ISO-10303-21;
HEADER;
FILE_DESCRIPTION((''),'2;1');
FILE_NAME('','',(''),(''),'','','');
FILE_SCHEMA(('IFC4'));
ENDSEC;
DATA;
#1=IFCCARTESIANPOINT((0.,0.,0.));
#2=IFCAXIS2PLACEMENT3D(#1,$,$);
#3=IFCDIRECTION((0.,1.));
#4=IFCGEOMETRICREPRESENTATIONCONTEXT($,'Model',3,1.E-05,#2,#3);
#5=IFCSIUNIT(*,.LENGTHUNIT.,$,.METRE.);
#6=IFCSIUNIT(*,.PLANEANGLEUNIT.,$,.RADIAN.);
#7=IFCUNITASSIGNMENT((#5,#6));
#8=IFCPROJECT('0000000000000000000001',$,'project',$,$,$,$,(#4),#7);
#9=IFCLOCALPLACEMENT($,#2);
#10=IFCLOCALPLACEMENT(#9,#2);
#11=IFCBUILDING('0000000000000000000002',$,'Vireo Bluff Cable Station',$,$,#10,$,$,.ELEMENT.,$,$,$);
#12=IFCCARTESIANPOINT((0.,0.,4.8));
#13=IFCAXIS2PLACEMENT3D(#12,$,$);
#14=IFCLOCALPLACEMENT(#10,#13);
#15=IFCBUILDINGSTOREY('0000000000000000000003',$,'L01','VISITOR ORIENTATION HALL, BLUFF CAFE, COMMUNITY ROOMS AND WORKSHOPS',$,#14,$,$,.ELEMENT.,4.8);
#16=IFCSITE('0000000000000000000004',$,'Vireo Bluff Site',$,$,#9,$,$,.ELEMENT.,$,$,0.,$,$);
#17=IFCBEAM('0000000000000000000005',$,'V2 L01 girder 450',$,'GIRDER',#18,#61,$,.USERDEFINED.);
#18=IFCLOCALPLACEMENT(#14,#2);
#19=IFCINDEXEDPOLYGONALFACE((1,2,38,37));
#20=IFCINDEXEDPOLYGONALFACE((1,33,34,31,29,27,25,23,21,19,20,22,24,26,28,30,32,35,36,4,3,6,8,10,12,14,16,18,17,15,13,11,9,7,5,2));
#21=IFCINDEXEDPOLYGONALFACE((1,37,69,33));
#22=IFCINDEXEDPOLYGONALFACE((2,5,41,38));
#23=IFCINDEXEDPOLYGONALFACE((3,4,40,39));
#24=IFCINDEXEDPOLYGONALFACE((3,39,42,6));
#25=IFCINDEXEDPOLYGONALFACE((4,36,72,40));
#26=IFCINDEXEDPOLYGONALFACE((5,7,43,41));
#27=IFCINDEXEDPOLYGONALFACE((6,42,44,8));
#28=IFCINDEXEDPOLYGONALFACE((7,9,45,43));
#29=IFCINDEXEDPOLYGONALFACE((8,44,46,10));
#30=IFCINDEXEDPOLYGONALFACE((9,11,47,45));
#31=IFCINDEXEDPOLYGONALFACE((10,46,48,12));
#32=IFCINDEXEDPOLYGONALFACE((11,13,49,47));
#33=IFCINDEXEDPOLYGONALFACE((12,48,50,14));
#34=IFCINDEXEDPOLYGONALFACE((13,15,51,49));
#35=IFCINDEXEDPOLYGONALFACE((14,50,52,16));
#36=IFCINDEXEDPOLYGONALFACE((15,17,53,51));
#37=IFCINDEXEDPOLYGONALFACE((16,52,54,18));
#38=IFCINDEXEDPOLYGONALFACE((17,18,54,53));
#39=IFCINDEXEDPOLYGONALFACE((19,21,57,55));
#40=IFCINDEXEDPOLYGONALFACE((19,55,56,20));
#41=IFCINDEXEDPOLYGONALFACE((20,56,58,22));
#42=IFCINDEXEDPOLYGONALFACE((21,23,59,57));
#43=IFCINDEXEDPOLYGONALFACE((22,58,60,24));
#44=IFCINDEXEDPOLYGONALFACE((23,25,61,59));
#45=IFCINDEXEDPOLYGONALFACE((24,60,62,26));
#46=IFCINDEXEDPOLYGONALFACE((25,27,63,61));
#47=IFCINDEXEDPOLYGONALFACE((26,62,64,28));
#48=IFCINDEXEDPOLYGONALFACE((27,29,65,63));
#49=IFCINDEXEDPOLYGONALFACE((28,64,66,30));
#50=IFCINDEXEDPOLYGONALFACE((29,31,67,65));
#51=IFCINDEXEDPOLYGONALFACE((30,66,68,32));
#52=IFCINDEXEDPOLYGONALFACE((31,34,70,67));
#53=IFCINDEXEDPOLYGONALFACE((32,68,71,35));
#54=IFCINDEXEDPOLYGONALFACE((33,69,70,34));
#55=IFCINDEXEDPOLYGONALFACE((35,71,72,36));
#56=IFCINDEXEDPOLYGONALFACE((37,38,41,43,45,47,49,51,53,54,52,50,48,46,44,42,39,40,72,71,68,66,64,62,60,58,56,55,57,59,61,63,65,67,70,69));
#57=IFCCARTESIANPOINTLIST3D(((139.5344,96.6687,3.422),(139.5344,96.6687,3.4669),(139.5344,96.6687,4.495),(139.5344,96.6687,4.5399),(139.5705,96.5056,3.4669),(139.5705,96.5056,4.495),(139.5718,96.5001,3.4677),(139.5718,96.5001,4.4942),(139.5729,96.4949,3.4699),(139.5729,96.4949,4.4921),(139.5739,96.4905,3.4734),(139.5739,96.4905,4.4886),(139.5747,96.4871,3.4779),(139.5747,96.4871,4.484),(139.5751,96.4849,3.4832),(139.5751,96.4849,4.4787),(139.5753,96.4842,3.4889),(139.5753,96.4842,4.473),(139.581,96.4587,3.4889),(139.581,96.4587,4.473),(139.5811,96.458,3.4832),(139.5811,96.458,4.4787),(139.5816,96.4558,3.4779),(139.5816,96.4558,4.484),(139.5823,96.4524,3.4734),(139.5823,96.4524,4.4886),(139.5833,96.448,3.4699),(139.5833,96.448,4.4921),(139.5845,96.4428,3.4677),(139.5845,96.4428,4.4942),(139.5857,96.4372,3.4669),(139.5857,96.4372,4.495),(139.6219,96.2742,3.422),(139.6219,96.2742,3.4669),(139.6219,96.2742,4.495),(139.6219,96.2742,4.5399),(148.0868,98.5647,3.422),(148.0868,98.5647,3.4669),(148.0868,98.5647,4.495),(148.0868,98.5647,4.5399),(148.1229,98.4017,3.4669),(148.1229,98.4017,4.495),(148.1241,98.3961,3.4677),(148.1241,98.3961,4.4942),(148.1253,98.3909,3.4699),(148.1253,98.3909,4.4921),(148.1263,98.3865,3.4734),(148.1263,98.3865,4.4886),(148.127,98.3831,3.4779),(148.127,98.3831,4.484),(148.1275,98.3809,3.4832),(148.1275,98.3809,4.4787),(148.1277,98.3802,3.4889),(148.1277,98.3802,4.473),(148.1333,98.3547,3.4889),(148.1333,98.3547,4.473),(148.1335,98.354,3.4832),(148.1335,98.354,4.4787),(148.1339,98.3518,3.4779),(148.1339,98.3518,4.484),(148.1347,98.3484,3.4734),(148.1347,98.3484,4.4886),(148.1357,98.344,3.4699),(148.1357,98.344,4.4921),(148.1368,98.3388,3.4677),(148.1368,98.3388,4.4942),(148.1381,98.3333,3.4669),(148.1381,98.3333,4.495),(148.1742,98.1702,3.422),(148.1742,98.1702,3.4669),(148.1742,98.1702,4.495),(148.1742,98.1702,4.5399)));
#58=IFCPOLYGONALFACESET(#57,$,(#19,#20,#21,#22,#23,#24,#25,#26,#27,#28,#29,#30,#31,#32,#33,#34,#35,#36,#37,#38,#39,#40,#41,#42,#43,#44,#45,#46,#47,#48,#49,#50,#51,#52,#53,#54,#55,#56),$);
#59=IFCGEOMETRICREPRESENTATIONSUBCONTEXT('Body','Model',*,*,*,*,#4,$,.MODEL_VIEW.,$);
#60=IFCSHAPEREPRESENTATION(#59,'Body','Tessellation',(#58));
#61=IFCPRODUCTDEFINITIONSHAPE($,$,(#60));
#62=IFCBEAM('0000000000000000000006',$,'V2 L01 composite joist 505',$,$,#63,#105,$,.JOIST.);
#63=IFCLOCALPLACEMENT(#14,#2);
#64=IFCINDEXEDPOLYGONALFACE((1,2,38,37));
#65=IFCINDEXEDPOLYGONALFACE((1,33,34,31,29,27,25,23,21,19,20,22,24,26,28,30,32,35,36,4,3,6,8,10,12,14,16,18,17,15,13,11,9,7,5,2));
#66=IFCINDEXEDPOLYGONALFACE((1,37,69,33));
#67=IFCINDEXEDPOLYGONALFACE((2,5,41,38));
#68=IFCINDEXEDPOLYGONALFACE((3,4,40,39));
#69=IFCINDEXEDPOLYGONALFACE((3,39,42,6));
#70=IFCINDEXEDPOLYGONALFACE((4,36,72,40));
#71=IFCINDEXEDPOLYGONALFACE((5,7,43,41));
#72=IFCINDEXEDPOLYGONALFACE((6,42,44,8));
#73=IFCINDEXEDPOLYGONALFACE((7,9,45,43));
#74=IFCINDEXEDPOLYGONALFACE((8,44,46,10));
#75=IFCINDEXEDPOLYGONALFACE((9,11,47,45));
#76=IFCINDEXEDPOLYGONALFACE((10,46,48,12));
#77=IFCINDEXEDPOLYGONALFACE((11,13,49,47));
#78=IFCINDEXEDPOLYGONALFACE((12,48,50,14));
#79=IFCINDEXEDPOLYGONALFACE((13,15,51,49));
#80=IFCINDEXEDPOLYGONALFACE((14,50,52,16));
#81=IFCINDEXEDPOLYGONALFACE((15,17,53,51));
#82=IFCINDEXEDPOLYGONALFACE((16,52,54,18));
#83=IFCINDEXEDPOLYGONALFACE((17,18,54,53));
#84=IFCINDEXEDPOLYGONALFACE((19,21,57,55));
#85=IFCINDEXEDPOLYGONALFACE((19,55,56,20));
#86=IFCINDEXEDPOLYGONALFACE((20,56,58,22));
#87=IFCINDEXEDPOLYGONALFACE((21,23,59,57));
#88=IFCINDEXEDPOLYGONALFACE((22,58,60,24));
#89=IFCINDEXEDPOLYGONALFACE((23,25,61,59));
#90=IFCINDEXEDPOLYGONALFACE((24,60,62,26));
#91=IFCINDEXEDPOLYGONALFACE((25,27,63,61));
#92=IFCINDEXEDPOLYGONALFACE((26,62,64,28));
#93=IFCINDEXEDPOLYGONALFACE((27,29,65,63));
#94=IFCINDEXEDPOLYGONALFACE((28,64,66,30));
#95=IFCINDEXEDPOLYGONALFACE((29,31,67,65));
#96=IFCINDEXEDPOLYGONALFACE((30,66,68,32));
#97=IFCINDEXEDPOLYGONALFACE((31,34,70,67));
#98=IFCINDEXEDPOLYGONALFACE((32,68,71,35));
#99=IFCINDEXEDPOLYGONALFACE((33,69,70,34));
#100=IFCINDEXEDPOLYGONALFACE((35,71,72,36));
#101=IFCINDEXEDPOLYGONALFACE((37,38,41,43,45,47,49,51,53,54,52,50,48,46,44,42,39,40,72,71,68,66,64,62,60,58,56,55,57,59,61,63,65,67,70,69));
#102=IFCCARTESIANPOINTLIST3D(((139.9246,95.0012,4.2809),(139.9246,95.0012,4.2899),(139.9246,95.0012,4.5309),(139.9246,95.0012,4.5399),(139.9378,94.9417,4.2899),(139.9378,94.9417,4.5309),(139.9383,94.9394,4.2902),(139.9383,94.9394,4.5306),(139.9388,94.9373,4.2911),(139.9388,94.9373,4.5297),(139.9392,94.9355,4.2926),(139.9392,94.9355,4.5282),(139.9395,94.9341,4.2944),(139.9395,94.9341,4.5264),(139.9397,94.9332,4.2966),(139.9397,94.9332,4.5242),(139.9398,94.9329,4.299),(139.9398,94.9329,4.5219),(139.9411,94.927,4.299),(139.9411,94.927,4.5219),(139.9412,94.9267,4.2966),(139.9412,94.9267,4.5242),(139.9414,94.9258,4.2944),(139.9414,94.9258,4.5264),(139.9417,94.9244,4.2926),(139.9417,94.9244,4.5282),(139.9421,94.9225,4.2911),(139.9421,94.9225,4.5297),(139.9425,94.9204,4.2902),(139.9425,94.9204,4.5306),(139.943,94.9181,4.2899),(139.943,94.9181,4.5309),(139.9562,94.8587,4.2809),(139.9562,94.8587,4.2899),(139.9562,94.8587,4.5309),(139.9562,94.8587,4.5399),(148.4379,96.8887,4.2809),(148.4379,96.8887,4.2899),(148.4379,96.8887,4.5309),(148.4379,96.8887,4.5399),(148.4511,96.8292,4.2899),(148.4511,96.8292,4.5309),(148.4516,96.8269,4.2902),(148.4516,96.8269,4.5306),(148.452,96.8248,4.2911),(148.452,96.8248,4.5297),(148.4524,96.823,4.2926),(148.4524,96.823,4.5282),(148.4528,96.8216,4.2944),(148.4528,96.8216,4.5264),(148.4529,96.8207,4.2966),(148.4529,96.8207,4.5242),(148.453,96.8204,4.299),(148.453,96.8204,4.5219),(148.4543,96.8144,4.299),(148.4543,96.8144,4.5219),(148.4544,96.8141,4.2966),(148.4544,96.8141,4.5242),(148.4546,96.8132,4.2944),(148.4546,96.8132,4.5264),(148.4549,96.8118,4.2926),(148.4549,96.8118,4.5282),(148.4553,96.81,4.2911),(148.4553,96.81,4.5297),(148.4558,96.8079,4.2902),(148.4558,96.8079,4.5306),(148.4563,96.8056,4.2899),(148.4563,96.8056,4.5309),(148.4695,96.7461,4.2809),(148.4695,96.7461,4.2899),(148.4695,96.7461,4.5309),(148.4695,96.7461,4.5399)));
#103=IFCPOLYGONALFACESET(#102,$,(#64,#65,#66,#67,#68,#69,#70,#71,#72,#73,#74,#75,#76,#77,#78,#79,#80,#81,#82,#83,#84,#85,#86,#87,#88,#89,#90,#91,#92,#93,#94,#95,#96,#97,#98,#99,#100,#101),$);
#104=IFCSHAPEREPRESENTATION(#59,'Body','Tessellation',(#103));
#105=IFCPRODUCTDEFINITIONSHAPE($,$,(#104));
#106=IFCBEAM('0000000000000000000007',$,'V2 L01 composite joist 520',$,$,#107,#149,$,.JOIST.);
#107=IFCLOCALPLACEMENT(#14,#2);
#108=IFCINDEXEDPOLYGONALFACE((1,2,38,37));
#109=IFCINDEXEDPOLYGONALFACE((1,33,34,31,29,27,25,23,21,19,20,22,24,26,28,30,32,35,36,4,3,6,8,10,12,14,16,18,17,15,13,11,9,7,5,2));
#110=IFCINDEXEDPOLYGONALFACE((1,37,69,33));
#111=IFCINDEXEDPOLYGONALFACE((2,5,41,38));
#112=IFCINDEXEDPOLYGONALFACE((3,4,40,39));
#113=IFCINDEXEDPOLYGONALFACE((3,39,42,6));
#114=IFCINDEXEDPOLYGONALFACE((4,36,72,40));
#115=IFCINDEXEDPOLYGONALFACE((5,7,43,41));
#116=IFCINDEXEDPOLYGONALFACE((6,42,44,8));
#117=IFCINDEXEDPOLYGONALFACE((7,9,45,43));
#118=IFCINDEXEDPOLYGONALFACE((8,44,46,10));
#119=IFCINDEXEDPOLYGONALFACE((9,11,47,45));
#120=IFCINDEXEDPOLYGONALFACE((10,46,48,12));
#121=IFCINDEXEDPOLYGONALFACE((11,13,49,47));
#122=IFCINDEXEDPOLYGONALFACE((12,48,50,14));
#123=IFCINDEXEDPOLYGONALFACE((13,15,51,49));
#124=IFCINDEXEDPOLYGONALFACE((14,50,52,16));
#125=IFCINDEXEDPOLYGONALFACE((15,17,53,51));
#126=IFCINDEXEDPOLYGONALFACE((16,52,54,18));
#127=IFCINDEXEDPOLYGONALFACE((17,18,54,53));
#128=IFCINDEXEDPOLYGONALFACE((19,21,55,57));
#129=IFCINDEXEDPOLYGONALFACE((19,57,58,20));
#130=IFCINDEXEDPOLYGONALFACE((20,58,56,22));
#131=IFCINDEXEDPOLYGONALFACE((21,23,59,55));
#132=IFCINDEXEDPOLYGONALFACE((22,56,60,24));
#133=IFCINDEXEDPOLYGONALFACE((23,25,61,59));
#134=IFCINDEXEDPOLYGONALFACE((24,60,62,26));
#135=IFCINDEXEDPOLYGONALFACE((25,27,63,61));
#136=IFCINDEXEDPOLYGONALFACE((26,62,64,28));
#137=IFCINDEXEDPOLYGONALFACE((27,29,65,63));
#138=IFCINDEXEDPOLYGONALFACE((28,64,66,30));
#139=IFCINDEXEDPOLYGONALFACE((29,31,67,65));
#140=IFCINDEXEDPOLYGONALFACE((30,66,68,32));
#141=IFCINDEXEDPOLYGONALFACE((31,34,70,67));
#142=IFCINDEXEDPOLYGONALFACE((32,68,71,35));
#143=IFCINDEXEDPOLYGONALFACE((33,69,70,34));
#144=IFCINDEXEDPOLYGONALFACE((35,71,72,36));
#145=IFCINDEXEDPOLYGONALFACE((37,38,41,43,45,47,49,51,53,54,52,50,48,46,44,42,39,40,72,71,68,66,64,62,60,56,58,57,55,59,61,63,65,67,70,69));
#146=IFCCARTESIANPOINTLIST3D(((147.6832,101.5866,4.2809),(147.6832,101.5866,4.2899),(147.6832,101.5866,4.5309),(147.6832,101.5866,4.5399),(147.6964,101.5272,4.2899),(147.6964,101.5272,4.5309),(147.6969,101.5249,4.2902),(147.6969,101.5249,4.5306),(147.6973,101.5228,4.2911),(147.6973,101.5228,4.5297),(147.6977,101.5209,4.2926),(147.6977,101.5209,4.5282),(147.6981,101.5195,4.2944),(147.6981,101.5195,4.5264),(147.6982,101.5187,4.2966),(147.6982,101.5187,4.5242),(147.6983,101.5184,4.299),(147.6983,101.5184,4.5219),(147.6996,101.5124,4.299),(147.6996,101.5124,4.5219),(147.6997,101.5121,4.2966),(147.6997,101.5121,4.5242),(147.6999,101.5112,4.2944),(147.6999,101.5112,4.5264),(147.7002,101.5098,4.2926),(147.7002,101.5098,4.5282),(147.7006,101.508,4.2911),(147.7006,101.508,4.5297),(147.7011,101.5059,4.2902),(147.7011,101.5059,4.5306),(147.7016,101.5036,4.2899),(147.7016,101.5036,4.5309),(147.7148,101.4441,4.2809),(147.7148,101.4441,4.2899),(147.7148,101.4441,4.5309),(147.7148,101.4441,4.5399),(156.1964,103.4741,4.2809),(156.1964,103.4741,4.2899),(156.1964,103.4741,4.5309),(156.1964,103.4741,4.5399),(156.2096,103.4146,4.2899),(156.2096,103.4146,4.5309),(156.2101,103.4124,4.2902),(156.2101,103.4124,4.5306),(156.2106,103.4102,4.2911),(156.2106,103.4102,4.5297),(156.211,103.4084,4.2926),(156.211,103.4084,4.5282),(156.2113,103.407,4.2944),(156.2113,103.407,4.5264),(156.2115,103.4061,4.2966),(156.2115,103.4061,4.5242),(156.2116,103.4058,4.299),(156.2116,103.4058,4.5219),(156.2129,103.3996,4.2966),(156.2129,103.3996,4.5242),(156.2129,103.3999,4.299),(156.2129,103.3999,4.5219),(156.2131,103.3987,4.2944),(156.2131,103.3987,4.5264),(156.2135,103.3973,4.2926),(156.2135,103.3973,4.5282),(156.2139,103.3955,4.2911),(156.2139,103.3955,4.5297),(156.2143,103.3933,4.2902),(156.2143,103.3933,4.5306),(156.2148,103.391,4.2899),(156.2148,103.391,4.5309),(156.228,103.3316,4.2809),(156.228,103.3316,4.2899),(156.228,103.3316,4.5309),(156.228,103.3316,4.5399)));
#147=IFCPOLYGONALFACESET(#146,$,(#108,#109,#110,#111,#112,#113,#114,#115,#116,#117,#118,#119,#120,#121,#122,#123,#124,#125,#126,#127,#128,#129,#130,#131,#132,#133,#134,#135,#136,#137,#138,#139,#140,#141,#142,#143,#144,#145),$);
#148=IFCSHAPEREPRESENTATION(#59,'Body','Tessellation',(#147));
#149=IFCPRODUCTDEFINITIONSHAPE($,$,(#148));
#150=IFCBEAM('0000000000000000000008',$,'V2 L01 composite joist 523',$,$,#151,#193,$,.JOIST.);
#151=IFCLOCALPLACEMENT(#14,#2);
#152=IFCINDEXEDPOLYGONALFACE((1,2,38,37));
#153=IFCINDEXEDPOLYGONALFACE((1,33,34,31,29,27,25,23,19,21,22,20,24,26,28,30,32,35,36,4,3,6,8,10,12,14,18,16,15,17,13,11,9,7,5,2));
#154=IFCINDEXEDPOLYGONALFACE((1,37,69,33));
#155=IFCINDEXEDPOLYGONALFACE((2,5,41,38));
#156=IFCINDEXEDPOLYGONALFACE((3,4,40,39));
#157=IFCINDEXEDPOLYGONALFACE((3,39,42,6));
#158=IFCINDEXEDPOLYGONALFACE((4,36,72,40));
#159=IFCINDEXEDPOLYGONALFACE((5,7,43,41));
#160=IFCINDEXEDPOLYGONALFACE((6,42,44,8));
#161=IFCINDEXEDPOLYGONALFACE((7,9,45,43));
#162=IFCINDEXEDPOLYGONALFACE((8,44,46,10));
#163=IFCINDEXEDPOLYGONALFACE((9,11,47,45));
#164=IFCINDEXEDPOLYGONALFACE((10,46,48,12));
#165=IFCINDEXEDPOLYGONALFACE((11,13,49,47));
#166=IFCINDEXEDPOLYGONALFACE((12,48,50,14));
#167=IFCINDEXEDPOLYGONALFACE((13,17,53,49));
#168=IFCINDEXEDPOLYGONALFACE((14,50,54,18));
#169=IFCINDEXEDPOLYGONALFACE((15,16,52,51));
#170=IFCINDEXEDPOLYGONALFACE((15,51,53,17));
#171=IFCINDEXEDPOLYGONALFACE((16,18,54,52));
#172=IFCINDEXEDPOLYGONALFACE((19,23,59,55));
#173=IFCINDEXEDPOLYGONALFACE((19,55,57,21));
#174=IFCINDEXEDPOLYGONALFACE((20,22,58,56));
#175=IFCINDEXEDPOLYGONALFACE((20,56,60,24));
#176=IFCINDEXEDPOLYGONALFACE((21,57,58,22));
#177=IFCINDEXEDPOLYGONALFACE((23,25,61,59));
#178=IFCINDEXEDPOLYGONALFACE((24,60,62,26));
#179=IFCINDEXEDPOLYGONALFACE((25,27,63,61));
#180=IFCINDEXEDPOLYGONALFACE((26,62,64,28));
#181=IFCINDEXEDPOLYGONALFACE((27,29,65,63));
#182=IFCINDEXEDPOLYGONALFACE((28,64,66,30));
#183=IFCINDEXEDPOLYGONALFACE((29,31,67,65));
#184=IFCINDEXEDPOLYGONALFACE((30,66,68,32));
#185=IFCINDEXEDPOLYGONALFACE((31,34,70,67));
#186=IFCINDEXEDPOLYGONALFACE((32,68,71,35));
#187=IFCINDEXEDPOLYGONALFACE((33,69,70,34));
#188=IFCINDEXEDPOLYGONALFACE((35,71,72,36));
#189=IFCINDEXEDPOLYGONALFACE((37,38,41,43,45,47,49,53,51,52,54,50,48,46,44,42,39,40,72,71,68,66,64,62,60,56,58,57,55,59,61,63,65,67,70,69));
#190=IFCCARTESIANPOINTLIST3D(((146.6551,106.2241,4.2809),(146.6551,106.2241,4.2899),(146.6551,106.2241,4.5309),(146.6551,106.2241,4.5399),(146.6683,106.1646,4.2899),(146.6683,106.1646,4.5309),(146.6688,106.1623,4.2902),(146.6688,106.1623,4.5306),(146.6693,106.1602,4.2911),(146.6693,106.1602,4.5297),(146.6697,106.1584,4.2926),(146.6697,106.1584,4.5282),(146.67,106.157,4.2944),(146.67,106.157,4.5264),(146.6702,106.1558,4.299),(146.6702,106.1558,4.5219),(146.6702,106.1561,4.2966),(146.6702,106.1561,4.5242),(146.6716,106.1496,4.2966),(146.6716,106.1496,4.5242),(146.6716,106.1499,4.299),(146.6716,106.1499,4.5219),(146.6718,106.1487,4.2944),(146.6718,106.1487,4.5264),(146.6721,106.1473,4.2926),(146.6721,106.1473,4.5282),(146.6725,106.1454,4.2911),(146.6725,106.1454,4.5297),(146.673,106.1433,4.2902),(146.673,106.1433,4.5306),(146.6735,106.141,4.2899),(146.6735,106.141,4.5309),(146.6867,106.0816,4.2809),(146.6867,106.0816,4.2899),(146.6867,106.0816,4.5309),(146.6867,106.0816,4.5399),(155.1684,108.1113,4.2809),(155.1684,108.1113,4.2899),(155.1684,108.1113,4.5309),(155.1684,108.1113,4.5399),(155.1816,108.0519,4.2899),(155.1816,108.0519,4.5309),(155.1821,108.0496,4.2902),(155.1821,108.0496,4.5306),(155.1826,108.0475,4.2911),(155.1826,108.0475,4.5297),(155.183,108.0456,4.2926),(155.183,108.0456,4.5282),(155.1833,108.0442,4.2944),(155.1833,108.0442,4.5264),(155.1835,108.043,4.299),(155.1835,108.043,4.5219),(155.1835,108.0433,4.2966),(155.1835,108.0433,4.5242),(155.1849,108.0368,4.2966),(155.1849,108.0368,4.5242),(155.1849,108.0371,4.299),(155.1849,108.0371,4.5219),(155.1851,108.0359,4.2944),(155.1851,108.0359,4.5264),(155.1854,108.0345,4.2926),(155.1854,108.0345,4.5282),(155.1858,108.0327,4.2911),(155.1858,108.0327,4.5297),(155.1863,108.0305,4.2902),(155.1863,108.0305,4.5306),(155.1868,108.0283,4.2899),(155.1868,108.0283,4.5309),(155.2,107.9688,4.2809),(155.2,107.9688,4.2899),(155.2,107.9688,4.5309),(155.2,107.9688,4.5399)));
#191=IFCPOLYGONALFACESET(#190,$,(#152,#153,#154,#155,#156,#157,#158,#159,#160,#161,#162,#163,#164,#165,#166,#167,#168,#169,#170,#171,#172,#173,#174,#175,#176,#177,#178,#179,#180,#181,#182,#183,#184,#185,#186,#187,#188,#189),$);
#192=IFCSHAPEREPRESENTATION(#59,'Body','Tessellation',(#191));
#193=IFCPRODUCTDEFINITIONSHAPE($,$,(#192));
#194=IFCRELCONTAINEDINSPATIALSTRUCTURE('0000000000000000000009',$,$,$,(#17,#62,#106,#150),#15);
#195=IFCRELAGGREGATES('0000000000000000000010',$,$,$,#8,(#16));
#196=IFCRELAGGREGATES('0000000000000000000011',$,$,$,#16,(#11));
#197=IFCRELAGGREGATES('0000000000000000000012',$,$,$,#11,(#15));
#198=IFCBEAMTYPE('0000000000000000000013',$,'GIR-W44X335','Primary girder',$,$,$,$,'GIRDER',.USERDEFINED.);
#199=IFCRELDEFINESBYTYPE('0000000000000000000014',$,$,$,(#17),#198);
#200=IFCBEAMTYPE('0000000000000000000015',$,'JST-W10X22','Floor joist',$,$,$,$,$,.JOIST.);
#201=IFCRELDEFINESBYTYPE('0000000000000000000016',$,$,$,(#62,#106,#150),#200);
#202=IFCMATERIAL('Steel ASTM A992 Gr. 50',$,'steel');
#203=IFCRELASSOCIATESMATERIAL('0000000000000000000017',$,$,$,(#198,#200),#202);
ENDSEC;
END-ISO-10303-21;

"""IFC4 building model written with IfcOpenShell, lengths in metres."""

from ifc_helpers import new_model, si_unit, direction, frame, origin, origin_2d, place, context, subcontext, project, spatial, i_section, extrude, material, material_profile, profile_set, type_object, element, save


model = new_model("IFC4")

# Units and contexts
model_context = context("Model", 3, precision=1e-05, world=origin(), true_north=direction((0.0, 1.0)))
body_context = subcontext(model_context, "Body", "Model", "MODEL_VIEW")
ifc_project = project(units=[si_unit("LENGTHUNIT", "METRE"), si_unit("PLANEANGLEUNIT", "RADIAN")], contexts=[model_context])

# Site, building, storey
site_placement = place(None, origin())
site = spatial("IfcSite", under=ifc_project, at=site_placement, Name="Vireo Bluff Site", CompositionType="ELEMENT", RefElevation=0.0)
building_placement = place(site_placement, origin())
building = spatial("IfcBuilding", under=site, at=building_placement, Name="Vireo Bluff Cable Station", CompositionType="ELEMENT")
storey_placement = place(building_placement, frame((0.0, 0.0, 4.8)))
storey = spatial("IfcBuildingStorey", under=building, at=storey_placement, Name="L01", Description="VISITOR ORIENTATION HALL, BLUFF CAFE, COMMUNITY ROOMS AND WORKSHOPS", CompositionType="ELEMENT", Elevation=4.8)

# Shared definitions
ifc_material_1 = material(Name="Steel ASTM A992 Gr. 50", Category="steel")

# Beams
ifc_material_profile_1 = material_profile(ifc_material_1, i_section(OverallWidth=0.4041, OverallDepth=1.1179, WebThickness=0.0261, FlangeThickness=0.0449, FilletRadius=0.022, at=origin_2d()), Name="W44X335")
ifc_profile_set_1 = profile_set([ifc_material_profile_1], Name="Steel ASTM A992 Gr. 50")
beam_type_1 = type_object("IfcBeamType", Name="GIR-W44X335", Description="Primary girder", ElementType="GIRDER", PredefinedType="USERDEFINED", material=ifc_profile_set_1)
beam_1_placement = place(storey_placement, frame((139.5781, 96.4714, 3.981), z_axis=(0.976296, 0.216441, 0.0), x_axis=(-0.216441, 0.976296, 0.0)))
element("IfcBeam", 1, at=beam_1_placement, inside=storey, type_object=beam_type_1, Name="V2 L01 girder 450", ObjectType="GIRDER", PredefinedType="USERDEFINED", context=body_context, shape_type="SweptSolid", body=[
    extrude(i_section(OverallWidth=0.4041, OverallDepth=1.1179, WebThickness=0.0261, FlangeThickness=0.0449, FilletRadius=0.022, at=origin_2d()), origin(), (0.0, 0.0, 1.0), 8.76),
])
ifc_material_profile_2 = material_profile(ifc_material_1, i_section(OverallWidth=0.146, OverallDepth=0.259, WebThickness=0.0061, FlangeThickness=0.009, FilletRadius=0.009, at=origin_2d()), Name="W10X22")
ifc_profile_set_2 = profile_set([ifc_material_profile_2], Name="Steel ASTM A992 Gr. 50")
beam_type_2 = type_object("IfcBeamType", Name="JST-W10X22", Description="Floor joist", PredefinedType="JOIST", material=ifc_profile_set_2)
for number, where, z_axis, x_axis, name in (
    (2, (139.9404, 94.9299, 4.4104), (0.976293, 0.216453, 0.0), (-0.216453, 0.976293, 0.0), "V2 L01 composite joist 505"),
    (3, (147.699, 101.5154, 4.4104), (0.976293, 0.216453, 0.0), (-0.216453, 0.976293, 0.0), "V2 L01 composite joist 520"),
    (4, (146.6709, 106.1528, 4.4104), (0.976299, 0.216426, 0.0), (-0.216426, 0.976299, 0.0), "V2 L01 composite joist 523"),
):
    element("IfcBeam", number, at=place(storey_placement, frame(where, z_axis=z_axis, x_axis=x_axis)), inside=storey, type_object=beam_type_2, Name=name, PredefinedType="JOIST", context=body_context, shape_type="SweptSolid", body=[
        extrude(i_section(OverallWidth=0.146, OverallDepth=0.259, WebThickness=0.0061, FlangeThickness=0.009, FilletRadius=0.009, at=origin_2d()), origin(), (0.0, 0.0, 1.0), 8.72),
    ])

save(model, "model.ifc")
